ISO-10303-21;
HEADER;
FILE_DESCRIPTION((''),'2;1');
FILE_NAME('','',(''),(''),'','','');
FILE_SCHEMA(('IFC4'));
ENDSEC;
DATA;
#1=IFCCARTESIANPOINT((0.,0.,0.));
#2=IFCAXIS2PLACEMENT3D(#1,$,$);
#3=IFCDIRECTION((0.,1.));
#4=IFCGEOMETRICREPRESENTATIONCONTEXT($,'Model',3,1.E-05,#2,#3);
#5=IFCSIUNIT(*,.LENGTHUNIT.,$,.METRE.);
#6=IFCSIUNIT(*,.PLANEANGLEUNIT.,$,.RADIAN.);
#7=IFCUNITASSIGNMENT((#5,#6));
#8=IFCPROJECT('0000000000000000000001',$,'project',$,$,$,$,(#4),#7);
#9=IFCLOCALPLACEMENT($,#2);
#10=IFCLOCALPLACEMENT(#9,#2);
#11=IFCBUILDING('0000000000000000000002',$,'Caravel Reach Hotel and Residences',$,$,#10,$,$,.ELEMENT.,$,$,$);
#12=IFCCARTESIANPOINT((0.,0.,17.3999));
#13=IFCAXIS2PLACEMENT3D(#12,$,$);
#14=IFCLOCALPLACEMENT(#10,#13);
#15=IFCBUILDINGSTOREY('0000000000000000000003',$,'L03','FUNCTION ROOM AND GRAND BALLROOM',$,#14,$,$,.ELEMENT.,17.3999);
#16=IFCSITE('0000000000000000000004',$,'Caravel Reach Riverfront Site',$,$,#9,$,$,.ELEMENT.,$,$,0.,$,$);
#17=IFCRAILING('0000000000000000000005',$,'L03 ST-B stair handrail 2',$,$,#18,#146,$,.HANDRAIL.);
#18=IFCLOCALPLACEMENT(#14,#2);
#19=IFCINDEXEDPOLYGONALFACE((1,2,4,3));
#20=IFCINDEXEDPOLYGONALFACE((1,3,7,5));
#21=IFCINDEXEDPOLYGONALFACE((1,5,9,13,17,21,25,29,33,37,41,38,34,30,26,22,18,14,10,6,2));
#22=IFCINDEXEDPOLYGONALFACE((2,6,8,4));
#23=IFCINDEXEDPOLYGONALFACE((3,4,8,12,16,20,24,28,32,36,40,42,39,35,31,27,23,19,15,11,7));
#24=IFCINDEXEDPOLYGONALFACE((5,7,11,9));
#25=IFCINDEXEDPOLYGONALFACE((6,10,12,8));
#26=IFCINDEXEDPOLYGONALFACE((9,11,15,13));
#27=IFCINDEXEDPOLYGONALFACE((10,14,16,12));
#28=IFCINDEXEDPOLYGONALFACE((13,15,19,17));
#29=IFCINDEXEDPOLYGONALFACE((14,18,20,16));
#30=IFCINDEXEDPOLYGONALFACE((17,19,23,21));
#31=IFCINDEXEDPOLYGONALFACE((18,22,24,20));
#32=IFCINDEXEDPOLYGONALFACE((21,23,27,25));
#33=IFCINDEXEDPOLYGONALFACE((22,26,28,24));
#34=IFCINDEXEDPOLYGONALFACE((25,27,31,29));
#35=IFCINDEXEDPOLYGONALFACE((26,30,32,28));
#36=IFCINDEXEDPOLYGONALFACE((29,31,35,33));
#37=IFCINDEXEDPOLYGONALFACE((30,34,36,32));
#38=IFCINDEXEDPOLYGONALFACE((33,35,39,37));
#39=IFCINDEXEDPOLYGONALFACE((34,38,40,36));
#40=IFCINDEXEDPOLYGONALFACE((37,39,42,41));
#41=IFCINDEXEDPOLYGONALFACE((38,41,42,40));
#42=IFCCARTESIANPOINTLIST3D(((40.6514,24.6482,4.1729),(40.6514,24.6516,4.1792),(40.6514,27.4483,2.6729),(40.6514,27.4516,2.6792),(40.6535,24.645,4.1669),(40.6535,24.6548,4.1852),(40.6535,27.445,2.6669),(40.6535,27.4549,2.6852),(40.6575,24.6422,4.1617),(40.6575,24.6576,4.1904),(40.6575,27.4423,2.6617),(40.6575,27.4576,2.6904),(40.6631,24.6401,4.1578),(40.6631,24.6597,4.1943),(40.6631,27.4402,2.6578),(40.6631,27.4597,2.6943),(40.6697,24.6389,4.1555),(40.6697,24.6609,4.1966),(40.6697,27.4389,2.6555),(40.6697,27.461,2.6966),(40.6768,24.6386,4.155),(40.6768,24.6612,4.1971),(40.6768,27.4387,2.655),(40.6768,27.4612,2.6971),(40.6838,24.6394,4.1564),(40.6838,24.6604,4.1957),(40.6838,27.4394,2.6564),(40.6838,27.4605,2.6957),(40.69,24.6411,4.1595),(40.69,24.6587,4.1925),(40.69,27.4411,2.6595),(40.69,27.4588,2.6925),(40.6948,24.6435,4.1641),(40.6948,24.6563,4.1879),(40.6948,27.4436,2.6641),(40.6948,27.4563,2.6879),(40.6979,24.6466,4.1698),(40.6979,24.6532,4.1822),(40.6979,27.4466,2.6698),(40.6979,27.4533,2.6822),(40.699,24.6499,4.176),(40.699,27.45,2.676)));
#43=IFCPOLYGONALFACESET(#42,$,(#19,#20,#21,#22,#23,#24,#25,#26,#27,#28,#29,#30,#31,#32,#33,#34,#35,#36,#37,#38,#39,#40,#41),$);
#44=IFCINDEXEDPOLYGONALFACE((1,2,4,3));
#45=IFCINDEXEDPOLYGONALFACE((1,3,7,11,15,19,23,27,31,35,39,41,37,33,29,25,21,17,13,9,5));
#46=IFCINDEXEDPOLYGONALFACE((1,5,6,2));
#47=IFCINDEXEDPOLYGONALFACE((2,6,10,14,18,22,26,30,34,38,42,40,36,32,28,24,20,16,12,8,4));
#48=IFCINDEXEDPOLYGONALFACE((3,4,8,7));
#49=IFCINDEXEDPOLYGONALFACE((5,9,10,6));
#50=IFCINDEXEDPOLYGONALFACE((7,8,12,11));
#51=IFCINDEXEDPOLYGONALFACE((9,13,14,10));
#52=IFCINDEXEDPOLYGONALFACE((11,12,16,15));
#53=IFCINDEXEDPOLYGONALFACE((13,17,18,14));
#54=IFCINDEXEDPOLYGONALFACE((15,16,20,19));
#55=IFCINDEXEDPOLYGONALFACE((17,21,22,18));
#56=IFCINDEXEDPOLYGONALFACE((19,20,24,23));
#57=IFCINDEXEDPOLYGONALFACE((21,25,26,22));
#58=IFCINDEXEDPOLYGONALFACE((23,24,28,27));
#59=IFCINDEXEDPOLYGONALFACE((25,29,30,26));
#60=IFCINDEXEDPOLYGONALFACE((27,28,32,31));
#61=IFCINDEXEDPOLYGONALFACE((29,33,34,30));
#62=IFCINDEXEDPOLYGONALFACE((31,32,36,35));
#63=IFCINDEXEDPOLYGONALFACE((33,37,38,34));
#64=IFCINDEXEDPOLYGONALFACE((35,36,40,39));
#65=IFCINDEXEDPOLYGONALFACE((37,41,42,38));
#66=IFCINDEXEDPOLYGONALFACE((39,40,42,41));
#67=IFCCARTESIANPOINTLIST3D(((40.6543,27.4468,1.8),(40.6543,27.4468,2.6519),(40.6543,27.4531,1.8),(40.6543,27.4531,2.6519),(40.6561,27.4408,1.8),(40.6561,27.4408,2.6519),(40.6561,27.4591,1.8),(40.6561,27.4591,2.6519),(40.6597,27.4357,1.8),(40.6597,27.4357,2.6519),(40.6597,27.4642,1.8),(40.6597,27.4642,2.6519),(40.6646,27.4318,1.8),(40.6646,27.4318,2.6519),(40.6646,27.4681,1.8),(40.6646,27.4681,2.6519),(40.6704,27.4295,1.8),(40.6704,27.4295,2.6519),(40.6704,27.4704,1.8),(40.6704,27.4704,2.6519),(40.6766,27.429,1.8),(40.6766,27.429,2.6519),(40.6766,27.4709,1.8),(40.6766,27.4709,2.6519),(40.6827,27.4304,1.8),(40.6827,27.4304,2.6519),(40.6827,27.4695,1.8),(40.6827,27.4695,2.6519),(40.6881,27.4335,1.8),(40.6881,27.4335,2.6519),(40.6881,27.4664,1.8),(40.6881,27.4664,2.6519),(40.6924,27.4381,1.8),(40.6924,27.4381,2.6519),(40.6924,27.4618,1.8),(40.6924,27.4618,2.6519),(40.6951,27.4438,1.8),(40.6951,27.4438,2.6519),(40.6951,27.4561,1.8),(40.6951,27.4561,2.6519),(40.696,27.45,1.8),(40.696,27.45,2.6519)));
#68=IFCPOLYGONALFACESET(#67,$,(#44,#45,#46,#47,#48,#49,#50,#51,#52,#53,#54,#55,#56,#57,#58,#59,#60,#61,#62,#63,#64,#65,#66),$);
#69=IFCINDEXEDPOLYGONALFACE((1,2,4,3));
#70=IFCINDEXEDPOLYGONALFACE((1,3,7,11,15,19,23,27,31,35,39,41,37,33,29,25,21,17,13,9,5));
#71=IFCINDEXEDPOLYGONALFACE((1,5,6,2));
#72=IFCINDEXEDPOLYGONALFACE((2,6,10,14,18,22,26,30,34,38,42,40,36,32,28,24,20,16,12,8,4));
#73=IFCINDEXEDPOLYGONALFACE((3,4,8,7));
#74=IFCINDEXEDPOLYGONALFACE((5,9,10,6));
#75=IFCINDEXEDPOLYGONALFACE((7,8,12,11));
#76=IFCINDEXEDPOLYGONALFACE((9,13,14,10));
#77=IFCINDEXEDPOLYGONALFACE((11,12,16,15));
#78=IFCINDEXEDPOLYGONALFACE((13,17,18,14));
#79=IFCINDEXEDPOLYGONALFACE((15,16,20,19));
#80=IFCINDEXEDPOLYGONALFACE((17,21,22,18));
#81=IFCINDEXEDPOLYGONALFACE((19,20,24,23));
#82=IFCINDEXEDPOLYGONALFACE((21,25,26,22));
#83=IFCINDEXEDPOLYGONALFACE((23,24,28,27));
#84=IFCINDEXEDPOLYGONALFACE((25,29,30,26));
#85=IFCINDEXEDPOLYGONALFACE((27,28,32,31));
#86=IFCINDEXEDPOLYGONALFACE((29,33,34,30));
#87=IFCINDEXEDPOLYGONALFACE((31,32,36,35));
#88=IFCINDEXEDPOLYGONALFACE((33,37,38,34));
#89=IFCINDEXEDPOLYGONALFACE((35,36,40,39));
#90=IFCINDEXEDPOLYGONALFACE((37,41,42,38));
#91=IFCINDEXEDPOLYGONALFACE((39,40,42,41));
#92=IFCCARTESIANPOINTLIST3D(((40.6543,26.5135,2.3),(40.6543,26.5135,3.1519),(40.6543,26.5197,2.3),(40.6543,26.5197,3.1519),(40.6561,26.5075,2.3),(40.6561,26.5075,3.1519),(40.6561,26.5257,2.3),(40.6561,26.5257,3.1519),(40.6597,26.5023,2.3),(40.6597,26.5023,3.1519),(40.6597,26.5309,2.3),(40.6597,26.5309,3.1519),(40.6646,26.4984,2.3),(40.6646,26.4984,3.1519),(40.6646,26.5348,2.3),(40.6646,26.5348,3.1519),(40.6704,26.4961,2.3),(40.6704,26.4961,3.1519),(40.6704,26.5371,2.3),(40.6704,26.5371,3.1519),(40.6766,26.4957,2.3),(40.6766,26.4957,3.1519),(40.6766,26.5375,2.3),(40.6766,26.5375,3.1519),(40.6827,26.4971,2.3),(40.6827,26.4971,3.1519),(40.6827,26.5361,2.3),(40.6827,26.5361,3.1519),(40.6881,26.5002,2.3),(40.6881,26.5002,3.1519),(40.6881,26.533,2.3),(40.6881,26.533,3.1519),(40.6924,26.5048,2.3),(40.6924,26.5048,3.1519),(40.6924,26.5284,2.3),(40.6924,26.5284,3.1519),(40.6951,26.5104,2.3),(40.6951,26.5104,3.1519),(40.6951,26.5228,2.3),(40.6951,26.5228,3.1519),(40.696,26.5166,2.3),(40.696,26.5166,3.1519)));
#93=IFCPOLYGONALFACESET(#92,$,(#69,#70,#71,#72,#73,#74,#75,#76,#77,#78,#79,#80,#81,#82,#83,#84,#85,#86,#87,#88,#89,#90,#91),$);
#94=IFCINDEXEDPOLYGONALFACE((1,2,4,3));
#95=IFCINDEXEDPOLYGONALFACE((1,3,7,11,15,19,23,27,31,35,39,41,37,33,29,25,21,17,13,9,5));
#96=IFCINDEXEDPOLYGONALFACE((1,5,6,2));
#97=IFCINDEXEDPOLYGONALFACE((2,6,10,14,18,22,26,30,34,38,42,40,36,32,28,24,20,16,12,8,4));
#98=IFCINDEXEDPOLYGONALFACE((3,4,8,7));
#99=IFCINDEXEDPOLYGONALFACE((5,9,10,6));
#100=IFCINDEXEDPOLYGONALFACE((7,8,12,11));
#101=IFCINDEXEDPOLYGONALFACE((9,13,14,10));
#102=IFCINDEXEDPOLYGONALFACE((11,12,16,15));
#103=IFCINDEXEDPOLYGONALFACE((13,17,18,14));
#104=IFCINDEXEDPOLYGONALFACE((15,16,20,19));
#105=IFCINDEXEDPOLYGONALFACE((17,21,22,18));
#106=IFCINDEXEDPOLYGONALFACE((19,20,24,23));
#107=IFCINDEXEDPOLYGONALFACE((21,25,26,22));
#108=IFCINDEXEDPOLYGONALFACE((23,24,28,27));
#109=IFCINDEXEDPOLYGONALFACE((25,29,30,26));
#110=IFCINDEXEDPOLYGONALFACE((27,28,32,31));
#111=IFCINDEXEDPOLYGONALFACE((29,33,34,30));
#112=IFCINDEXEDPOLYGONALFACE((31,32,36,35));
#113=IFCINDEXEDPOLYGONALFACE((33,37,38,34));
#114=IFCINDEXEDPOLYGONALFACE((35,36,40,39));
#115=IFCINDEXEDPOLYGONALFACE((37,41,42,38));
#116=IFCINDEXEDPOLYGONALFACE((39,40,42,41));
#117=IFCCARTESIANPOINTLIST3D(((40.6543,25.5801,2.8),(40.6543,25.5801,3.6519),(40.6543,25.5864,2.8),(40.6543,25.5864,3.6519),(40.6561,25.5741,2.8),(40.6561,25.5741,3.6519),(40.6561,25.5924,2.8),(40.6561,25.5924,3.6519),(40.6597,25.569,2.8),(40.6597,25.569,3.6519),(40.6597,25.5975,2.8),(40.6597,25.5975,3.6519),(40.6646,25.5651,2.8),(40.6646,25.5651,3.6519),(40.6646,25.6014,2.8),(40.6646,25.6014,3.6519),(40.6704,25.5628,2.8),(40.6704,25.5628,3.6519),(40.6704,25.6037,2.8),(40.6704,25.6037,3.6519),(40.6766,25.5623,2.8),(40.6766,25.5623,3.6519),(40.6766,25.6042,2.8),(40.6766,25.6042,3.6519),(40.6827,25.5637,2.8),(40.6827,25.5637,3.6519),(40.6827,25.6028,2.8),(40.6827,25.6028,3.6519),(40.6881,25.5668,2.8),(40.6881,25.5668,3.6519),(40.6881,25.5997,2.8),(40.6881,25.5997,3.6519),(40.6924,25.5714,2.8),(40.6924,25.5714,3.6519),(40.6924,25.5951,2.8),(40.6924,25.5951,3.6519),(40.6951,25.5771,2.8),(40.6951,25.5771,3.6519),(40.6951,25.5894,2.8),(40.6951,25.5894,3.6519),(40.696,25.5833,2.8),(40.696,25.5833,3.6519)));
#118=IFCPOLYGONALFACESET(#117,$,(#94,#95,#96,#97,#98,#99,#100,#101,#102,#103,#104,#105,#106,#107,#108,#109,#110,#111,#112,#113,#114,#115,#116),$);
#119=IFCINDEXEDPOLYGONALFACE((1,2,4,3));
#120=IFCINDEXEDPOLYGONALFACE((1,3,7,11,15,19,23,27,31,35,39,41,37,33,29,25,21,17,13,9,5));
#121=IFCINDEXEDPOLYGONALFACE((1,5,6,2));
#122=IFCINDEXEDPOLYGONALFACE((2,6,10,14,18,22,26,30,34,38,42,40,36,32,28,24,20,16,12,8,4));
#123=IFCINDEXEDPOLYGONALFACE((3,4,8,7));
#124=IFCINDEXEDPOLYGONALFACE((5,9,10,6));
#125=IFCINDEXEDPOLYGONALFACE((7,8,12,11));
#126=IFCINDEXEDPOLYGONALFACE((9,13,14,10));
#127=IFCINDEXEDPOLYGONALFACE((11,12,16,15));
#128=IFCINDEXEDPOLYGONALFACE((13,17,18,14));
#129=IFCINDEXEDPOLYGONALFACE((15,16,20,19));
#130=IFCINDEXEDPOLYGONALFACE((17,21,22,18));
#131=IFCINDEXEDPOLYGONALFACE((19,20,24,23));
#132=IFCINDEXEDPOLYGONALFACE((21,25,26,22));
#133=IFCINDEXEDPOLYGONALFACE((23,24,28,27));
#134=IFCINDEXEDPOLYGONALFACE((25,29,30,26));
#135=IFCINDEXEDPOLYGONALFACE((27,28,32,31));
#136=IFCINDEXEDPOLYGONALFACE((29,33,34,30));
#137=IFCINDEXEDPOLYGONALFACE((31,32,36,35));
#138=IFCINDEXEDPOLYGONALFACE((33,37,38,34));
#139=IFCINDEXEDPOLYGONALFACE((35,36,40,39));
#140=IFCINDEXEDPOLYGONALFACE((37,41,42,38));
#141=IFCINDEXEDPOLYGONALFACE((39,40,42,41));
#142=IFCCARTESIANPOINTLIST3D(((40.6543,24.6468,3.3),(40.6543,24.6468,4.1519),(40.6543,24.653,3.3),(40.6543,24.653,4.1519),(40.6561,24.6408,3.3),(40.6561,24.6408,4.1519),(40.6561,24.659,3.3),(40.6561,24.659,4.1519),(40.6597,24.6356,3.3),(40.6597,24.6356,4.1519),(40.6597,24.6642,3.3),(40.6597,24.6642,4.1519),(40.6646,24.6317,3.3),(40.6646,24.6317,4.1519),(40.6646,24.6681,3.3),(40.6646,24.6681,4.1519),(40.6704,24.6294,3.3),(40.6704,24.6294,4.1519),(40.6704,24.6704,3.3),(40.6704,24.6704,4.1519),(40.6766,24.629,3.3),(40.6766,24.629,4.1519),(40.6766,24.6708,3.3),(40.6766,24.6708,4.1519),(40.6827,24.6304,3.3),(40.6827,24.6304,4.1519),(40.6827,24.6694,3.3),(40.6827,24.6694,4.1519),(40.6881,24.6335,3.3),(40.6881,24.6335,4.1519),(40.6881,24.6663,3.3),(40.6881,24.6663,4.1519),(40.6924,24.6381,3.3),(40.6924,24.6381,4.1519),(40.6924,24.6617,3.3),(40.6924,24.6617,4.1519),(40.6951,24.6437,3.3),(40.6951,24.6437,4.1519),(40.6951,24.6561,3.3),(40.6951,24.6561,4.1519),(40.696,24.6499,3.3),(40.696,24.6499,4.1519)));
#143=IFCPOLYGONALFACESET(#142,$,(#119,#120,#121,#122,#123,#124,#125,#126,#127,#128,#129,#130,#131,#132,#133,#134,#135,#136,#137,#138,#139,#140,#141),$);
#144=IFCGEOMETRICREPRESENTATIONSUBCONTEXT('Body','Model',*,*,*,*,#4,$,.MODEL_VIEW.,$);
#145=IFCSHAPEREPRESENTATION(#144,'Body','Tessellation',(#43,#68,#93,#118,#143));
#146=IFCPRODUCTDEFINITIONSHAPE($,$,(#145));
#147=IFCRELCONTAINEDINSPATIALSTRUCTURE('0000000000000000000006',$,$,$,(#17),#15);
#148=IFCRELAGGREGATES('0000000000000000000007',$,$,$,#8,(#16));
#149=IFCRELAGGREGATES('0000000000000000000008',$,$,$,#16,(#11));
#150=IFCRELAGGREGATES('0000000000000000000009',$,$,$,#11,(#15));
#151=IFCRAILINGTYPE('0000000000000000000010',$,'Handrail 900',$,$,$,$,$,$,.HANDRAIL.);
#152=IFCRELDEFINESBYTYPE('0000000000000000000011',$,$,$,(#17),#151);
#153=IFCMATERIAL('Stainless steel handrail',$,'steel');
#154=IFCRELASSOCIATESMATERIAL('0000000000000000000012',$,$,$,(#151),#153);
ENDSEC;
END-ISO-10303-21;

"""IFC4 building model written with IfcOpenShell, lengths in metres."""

from ifc_helpers import new_model, si_unit, direction, frame, origin, origin_2d, place, context, subcontext, project, spatial, circle, extrude, material, type_object, element, save


model = new_model("IFC4")

# Units and contexts
model_context = context("Model", 3, precision=1e-05, world=origin(), true_north=direction((0.0, 1.0)))
body_context = subcontext(model_context, "Body", "Model", "MODEL_VIEW")
ifc_project = project(units=[si_unit("LENGTHUNIT", "METRE"), si_unit("PLANEANGLEUNIT", "RADIAN")], contexts=[model_context])

# Site, building, storey
site_placement = place(None, origin())
site = spatial("IfcSite", under=ifc_project, at=site_placement, Name="Caravel Reach Riverfront Site", CompositionType="ELEMENT", RefElevation=0.0)
building_placement = place(site_placement, origin())
building = spatial("IfcBuilding", under=site, at=building_placement, Name="Caravel Reach Hotel and Residences", CompositionType="ELEMENT")
storey_placement = place(building_placement, frame((0.0, 0.0, 17.3999)))
storey = spatial("IfcBuildingStorey", under=building, at=storey_placement, Name="L03", Description="FUNCTION ROOM AND GRAND BALLROOM", CompositionType="ELEMENT", Elevation=17.3999)

# Railing
ifc_material_1 = material(Name="Stainless steel handrail", Category="steel")
railing_type_1 = type_object("IfcRailingType", Name="Handrail 900", PredefinedType="HANDRAIL", material=ifc_material_1)
for number, where, name in (
    (1, (40.675, 27.45, 1.8), "L03 ST-B stair handrail 2"),
):
    element("IfcRailing", number, at=place(storey_placement, frame(where)), inside=storey, type_object=railing_type_1, Name=name, PredefinedType="HANDRAIL", context=body_context, shape_type="SweptSolid", body=[
        extrude(circle(Radius=0.0239, at=origin_2d()), frame((0.0, 0.0, 0.876), z_axis=(0.0, -0.881483, 0.472215), x_axis=(1.0, 0.0, 0.0)), (0.0, 0.0, 1.0), 3.1765),
        extrude(circle(Radius=0.021, at=origin_2d()), origin(), (0.0, 0.0, 1.0), 0.8518),
        extrude(circle(Radius=0.021, at=origin_2d()), frame((0.0, -0.9333, 0.5)), (0.0, 0.0, 1.0), 0.8518),
        extrude(circle(Radius=0.021, at=origin_2d()), frame((0.0, -1.8667, 1.0)), (0.0, 0.0, 1.0), 0.8518),
        extrude(circle(Radius=0.021, at=origin_2d()), frame((0.0, -2.8, 1.5)), (0.0, 0.0, 1.0), 0.8518),
    ])

save(model, "model.ifc")
